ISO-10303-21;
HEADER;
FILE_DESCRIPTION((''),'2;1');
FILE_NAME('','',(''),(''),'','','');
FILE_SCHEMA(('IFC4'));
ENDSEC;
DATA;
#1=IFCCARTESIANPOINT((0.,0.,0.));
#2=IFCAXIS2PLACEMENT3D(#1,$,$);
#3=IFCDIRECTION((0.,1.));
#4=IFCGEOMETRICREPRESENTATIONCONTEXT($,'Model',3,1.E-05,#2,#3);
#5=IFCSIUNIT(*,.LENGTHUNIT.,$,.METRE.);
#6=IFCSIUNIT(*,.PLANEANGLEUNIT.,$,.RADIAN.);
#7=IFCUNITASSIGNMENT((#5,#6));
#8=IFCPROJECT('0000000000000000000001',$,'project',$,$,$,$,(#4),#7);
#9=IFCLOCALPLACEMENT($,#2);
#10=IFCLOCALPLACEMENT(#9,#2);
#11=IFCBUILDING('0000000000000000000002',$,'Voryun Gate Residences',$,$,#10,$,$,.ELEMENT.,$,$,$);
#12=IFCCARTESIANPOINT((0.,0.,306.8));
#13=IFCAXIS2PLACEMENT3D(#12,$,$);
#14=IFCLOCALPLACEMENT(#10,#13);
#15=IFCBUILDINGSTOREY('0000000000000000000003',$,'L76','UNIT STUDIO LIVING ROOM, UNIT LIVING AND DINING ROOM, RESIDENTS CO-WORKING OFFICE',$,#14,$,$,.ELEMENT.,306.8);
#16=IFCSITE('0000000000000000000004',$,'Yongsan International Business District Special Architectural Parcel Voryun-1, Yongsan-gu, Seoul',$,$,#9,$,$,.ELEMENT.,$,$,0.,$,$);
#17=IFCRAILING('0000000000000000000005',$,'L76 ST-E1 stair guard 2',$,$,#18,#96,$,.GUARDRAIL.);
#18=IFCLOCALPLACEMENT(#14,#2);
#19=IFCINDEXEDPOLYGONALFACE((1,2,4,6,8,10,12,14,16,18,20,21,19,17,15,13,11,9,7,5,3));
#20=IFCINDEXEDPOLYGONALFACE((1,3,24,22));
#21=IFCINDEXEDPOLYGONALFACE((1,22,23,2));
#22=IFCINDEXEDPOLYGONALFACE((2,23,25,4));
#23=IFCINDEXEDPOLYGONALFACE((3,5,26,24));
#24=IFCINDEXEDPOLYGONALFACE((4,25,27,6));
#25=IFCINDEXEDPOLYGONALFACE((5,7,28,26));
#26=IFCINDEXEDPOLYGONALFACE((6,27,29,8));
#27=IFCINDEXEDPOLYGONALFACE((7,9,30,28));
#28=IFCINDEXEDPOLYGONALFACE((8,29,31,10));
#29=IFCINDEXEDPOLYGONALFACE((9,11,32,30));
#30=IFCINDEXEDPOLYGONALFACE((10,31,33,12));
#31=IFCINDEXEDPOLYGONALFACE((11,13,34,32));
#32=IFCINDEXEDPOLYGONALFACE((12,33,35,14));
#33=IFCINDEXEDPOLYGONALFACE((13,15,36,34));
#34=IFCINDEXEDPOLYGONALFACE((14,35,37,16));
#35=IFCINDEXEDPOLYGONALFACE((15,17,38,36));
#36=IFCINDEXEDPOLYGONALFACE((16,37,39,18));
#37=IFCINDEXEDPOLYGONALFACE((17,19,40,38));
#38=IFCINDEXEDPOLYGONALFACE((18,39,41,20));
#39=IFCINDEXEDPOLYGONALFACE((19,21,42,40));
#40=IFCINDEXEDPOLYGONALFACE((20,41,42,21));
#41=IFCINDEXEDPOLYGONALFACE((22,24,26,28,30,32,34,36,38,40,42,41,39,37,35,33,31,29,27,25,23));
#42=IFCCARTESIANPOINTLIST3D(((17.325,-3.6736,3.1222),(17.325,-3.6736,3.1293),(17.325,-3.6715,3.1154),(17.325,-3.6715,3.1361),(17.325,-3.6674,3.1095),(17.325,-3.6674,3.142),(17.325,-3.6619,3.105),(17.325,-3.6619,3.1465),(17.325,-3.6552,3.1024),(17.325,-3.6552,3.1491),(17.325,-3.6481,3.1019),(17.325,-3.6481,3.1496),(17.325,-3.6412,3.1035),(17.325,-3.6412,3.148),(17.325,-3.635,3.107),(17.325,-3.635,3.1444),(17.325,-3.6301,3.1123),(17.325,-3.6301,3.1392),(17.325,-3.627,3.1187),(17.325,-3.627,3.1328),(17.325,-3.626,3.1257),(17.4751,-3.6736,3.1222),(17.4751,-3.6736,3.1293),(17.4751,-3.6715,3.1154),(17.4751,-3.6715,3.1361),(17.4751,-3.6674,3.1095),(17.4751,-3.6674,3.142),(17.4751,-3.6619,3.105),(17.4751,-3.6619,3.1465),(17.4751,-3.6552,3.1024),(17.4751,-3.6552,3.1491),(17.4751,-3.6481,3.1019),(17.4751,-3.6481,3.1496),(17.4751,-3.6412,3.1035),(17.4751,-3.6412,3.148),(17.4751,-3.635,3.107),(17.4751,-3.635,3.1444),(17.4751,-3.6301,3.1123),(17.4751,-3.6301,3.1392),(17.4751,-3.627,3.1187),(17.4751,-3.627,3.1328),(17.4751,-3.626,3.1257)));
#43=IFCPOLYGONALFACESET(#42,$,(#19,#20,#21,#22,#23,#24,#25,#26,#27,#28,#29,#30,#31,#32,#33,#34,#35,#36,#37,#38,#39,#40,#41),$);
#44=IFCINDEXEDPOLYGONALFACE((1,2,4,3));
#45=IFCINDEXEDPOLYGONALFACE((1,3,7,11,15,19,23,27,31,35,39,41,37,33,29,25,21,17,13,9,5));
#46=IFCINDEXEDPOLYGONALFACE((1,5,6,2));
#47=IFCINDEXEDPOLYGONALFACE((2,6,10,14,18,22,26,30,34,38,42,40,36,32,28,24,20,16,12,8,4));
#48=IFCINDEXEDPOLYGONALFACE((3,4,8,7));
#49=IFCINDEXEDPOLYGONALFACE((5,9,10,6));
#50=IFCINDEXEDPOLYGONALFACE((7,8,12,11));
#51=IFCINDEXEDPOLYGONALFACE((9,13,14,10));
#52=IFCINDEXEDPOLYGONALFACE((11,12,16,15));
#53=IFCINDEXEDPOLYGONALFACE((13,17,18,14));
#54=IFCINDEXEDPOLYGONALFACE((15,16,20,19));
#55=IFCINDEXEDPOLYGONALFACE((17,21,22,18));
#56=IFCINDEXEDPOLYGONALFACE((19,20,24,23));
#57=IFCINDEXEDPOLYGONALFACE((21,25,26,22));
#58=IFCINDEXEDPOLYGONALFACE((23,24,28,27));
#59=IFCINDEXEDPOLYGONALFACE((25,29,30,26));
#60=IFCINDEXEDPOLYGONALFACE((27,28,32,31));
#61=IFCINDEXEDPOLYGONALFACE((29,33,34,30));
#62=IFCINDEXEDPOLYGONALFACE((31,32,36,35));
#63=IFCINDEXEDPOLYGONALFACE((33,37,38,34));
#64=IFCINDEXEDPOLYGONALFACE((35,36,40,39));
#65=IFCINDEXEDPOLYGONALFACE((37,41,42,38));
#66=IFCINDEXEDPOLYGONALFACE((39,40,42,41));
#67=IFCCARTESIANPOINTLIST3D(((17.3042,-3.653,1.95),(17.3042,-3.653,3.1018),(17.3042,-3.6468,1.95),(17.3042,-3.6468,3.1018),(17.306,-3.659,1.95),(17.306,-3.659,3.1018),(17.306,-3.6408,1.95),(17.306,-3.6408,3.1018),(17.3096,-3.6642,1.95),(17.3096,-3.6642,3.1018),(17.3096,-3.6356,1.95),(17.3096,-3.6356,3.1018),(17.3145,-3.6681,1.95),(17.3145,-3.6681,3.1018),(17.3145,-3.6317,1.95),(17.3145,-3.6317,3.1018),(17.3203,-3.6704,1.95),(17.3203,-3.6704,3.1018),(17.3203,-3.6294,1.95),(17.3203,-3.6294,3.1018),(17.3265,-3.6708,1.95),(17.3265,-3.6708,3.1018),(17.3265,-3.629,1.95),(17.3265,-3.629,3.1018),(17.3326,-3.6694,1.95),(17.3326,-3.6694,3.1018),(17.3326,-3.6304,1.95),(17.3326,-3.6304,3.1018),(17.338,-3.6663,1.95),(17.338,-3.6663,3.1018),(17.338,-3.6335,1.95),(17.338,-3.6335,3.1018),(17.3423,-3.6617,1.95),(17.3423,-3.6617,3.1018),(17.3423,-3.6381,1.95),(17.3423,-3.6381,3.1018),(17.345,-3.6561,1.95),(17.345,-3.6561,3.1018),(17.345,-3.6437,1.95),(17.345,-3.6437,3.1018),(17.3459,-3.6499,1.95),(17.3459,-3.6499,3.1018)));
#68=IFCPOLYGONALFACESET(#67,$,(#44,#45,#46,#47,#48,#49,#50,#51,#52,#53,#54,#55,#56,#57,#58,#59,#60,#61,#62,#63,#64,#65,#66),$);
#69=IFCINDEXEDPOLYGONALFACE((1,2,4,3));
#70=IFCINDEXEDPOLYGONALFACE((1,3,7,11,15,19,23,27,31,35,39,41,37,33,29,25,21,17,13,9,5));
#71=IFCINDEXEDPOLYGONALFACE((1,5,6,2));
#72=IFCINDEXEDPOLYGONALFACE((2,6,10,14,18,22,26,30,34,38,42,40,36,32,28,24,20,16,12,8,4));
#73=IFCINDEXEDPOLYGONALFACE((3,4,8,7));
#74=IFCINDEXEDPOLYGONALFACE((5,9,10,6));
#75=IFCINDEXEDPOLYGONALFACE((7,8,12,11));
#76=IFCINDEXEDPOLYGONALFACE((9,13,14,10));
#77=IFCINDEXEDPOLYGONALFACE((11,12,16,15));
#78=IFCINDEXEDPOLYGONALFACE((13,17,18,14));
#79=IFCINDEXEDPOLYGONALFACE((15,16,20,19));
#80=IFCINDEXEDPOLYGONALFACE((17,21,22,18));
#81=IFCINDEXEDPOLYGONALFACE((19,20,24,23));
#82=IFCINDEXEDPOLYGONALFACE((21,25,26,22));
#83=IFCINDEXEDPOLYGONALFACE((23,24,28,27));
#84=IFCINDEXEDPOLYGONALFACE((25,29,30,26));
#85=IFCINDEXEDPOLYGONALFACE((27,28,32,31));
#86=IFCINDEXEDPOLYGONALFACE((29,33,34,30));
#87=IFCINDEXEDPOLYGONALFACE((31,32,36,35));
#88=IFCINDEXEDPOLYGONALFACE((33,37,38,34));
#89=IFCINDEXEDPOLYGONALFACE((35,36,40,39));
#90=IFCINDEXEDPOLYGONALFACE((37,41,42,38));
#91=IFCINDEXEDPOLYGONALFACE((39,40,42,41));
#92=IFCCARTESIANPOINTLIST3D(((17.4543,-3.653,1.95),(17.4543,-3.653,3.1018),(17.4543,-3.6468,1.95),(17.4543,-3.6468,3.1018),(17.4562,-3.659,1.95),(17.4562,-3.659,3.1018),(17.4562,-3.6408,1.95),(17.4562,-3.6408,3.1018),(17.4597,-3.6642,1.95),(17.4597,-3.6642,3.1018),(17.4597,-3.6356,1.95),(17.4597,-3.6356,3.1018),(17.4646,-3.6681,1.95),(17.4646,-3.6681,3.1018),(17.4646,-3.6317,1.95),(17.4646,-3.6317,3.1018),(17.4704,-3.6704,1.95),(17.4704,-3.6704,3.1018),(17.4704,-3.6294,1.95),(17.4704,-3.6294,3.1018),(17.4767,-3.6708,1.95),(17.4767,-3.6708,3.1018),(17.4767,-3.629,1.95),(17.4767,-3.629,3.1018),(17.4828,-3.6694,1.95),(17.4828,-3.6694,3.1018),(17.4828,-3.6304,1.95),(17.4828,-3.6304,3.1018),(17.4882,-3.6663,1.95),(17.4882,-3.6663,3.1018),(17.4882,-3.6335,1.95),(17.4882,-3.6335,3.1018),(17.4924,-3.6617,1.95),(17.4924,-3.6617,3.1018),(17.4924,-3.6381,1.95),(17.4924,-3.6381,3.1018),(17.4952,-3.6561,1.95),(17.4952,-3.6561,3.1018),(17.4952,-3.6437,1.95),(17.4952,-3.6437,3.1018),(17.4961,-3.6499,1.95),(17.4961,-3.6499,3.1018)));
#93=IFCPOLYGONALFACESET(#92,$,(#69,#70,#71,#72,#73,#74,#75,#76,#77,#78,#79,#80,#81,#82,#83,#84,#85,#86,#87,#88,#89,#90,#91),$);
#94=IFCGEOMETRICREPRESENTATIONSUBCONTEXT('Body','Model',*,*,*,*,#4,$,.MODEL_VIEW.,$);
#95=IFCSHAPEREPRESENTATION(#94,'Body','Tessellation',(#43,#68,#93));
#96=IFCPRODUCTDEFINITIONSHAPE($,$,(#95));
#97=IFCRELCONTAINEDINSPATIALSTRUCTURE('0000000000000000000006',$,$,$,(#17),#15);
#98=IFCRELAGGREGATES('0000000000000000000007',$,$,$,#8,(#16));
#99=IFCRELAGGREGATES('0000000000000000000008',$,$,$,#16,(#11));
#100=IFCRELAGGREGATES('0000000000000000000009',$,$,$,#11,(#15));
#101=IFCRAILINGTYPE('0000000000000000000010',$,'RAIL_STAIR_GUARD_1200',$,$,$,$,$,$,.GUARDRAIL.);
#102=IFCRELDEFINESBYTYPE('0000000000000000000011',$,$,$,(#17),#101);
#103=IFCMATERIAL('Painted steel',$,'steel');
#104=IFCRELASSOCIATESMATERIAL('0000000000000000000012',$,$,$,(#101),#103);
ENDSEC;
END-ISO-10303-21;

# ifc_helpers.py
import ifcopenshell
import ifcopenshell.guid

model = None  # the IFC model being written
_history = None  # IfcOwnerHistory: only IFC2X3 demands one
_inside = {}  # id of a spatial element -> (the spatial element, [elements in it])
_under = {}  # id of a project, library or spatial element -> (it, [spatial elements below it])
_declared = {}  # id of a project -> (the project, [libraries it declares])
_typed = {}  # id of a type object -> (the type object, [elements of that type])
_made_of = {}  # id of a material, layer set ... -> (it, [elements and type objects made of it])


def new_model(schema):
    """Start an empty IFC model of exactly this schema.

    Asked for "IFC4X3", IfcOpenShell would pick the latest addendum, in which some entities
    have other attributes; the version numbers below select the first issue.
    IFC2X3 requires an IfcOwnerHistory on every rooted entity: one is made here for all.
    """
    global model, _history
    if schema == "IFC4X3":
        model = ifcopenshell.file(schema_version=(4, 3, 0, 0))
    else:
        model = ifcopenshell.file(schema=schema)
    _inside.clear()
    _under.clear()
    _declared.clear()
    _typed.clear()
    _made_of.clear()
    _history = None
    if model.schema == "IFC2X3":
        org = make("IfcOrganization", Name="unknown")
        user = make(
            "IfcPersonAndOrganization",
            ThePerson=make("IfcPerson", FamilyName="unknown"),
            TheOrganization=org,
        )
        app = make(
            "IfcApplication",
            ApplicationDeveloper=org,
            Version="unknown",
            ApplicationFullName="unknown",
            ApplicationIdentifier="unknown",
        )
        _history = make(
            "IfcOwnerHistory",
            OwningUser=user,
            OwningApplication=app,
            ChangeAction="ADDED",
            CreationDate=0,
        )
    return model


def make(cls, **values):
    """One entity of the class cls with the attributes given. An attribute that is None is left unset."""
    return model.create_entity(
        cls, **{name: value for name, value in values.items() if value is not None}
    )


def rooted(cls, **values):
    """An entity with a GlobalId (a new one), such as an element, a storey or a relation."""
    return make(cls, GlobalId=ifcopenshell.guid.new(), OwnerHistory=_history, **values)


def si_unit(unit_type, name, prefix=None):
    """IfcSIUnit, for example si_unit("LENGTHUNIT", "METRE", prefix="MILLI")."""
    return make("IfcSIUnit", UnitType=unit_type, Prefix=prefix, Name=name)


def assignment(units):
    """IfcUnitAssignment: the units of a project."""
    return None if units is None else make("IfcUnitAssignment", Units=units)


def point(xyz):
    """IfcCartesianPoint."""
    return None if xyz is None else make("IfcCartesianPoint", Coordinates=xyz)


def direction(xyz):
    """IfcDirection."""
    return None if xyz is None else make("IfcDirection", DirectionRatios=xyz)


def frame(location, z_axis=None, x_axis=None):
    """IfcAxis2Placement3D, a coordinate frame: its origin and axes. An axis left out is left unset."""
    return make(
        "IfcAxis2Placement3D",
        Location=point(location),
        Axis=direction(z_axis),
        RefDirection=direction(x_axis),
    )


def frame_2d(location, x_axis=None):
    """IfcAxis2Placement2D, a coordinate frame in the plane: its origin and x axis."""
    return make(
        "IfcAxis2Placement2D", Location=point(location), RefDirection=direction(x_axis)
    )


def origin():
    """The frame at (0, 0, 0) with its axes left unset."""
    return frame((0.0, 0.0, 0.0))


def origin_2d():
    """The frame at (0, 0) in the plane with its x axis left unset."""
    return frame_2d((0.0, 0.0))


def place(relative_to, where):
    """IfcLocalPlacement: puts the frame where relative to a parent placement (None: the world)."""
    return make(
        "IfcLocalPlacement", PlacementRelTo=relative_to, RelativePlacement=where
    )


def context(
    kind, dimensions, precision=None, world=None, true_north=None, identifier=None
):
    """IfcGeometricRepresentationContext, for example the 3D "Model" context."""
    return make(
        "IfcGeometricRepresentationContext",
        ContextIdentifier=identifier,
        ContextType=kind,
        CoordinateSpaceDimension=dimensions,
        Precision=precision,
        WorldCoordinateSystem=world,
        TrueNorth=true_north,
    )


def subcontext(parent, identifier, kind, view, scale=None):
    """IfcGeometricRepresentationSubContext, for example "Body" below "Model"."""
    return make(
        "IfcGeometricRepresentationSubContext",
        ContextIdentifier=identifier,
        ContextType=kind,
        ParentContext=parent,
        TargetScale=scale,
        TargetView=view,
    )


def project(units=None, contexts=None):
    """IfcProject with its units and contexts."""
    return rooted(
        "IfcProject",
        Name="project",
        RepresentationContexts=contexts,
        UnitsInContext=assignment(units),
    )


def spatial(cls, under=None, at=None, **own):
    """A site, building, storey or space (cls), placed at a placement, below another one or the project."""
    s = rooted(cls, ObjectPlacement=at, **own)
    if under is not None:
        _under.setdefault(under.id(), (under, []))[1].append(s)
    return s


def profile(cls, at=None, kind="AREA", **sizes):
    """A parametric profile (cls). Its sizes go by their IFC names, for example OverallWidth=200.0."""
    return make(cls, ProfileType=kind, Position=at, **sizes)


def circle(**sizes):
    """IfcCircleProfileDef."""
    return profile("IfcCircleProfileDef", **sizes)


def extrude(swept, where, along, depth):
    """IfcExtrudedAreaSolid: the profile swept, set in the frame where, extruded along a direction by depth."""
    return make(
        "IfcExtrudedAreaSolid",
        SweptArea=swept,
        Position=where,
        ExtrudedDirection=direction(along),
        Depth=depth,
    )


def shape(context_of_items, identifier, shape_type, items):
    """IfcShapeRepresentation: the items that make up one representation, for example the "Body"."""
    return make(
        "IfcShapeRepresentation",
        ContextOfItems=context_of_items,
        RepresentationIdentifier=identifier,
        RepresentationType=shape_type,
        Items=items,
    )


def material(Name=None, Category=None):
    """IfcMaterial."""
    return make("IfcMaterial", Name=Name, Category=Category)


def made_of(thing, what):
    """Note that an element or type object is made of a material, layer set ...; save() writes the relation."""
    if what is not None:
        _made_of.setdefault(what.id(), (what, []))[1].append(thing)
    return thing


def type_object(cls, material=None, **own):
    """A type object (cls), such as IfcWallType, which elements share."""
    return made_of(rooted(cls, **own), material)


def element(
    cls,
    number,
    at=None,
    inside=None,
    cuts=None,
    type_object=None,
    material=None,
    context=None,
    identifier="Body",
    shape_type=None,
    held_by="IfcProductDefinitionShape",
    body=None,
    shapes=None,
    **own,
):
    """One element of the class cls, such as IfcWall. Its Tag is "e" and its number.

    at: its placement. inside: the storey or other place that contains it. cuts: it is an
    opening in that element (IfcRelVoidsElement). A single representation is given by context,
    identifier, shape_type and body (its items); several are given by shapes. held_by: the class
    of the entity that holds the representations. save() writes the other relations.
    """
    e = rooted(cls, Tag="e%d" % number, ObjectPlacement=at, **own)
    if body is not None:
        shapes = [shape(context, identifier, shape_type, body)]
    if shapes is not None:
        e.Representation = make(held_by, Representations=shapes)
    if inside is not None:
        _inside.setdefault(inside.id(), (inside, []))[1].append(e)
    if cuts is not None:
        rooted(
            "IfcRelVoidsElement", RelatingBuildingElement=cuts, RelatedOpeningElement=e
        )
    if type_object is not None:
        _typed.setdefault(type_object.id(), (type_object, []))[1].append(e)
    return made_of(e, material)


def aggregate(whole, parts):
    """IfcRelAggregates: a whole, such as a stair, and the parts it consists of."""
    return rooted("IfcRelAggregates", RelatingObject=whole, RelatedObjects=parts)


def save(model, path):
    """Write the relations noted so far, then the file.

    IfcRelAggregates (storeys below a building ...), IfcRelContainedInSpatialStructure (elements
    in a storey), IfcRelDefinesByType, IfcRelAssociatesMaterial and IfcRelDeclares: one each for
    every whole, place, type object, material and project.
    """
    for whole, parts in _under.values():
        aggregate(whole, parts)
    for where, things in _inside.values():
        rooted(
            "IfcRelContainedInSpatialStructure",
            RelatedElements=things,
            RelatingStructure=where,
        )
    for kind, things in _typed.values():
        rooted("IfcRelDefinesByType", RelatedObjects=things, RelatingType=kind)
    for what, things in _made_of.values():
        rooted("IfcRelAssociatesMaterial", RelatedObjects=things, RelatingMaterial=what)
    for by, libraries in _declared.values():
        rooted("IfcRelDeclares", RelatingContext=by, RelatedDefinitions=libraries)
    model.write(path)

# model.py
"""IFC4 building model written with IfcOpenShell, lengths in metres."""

from ifc_helpers import new_model, si_unit, direction, frame, origin, origin_2d, place, context, subcontext, project, spatial, circle, extrude, material, type_object, element, save


model = new_model("IFC4")

# Units and contexts
model_context = context("Model", 3, precision=1e-05, world=origin(), true_north=direction((0.0, 1.0)))
body_context = subcontext(model_context, "Body", "Model", "MODEL_VIEW")
ifc_project = project(units=[si_unit("LENGTHUNIT", "METRE"), si_unit("PLANEANGLEUNIT", "RADIAN")], contexts=[model_context])

# Site, building, storey
site_placement = place(None, origin())
site = spatial("IfcSite", under=ifc_project, at=site_placement, Name="Yongsan International Business District Special Architectural Parcel Voryun-1, Yongsan-gu, Seoul", CompositionType="ELEMENT", RefElevation=0.0)
building_placement = place(site_placement, origin())
building = spatial("IfcBuilding", under=site, at=building_placement, Name="Voryun Gate Residences", CompositionType="ELEMENT")
storey_placement = place(building_placement, frame((0.0, 0.0, 306.8)))
storey = spatial("IfcBuildingStorey", under=building, at=storey_placement, Name="L76", Description="UNIT STUDIO LIVING ROOM, UNIT LIVING AND DINING ROOM, RESIDENTS CO-WORKING OFFICE", CompositionType="ELEMENT", Elevation=306.8)

# Railing
ifc_material_1 = material(Name="Painted steel", Category="steel")
railing_type_1 = type_object("IfcRailingType", Name="RAIL_STAIR_GUARD_1200", PredefinedType="GUARDRAIL", material=ifc_material_1)
railing_1_placement = place(storey_placement, frame((17.325, -3.6499, 1.95)))
element("IfcRailing", 1, at=railing_1_placement, inside=storey, type_object=railing_type_1, Name="L76 ST-E1 stair guard 2", PredefinedType="GUARDRAIL", context=body_context, shape_type="SweptSolid", body=[
    extrude(circle(Radius=0.0239, at=origin_2d()), frame((0.0, 0.0, 1.1758), z_axis=(1.0, 0.0, 0.0), x_axis=(0.0, 1.0, 0.0)), (0.0, 0.0, 1.0), 0.1501),
    extrude(circle(Radius=0.021, at=origin_2d()), origin(), (0.0, 0.0, 1.0), 1.1519),
    extrude(circle(Radius=0.021, at=origin_2d()), frame((0.1501, 0.0, 0.0)), (0.0, 0.0, 1.0), 1.1519),
])

save(model, "model.ifc")
